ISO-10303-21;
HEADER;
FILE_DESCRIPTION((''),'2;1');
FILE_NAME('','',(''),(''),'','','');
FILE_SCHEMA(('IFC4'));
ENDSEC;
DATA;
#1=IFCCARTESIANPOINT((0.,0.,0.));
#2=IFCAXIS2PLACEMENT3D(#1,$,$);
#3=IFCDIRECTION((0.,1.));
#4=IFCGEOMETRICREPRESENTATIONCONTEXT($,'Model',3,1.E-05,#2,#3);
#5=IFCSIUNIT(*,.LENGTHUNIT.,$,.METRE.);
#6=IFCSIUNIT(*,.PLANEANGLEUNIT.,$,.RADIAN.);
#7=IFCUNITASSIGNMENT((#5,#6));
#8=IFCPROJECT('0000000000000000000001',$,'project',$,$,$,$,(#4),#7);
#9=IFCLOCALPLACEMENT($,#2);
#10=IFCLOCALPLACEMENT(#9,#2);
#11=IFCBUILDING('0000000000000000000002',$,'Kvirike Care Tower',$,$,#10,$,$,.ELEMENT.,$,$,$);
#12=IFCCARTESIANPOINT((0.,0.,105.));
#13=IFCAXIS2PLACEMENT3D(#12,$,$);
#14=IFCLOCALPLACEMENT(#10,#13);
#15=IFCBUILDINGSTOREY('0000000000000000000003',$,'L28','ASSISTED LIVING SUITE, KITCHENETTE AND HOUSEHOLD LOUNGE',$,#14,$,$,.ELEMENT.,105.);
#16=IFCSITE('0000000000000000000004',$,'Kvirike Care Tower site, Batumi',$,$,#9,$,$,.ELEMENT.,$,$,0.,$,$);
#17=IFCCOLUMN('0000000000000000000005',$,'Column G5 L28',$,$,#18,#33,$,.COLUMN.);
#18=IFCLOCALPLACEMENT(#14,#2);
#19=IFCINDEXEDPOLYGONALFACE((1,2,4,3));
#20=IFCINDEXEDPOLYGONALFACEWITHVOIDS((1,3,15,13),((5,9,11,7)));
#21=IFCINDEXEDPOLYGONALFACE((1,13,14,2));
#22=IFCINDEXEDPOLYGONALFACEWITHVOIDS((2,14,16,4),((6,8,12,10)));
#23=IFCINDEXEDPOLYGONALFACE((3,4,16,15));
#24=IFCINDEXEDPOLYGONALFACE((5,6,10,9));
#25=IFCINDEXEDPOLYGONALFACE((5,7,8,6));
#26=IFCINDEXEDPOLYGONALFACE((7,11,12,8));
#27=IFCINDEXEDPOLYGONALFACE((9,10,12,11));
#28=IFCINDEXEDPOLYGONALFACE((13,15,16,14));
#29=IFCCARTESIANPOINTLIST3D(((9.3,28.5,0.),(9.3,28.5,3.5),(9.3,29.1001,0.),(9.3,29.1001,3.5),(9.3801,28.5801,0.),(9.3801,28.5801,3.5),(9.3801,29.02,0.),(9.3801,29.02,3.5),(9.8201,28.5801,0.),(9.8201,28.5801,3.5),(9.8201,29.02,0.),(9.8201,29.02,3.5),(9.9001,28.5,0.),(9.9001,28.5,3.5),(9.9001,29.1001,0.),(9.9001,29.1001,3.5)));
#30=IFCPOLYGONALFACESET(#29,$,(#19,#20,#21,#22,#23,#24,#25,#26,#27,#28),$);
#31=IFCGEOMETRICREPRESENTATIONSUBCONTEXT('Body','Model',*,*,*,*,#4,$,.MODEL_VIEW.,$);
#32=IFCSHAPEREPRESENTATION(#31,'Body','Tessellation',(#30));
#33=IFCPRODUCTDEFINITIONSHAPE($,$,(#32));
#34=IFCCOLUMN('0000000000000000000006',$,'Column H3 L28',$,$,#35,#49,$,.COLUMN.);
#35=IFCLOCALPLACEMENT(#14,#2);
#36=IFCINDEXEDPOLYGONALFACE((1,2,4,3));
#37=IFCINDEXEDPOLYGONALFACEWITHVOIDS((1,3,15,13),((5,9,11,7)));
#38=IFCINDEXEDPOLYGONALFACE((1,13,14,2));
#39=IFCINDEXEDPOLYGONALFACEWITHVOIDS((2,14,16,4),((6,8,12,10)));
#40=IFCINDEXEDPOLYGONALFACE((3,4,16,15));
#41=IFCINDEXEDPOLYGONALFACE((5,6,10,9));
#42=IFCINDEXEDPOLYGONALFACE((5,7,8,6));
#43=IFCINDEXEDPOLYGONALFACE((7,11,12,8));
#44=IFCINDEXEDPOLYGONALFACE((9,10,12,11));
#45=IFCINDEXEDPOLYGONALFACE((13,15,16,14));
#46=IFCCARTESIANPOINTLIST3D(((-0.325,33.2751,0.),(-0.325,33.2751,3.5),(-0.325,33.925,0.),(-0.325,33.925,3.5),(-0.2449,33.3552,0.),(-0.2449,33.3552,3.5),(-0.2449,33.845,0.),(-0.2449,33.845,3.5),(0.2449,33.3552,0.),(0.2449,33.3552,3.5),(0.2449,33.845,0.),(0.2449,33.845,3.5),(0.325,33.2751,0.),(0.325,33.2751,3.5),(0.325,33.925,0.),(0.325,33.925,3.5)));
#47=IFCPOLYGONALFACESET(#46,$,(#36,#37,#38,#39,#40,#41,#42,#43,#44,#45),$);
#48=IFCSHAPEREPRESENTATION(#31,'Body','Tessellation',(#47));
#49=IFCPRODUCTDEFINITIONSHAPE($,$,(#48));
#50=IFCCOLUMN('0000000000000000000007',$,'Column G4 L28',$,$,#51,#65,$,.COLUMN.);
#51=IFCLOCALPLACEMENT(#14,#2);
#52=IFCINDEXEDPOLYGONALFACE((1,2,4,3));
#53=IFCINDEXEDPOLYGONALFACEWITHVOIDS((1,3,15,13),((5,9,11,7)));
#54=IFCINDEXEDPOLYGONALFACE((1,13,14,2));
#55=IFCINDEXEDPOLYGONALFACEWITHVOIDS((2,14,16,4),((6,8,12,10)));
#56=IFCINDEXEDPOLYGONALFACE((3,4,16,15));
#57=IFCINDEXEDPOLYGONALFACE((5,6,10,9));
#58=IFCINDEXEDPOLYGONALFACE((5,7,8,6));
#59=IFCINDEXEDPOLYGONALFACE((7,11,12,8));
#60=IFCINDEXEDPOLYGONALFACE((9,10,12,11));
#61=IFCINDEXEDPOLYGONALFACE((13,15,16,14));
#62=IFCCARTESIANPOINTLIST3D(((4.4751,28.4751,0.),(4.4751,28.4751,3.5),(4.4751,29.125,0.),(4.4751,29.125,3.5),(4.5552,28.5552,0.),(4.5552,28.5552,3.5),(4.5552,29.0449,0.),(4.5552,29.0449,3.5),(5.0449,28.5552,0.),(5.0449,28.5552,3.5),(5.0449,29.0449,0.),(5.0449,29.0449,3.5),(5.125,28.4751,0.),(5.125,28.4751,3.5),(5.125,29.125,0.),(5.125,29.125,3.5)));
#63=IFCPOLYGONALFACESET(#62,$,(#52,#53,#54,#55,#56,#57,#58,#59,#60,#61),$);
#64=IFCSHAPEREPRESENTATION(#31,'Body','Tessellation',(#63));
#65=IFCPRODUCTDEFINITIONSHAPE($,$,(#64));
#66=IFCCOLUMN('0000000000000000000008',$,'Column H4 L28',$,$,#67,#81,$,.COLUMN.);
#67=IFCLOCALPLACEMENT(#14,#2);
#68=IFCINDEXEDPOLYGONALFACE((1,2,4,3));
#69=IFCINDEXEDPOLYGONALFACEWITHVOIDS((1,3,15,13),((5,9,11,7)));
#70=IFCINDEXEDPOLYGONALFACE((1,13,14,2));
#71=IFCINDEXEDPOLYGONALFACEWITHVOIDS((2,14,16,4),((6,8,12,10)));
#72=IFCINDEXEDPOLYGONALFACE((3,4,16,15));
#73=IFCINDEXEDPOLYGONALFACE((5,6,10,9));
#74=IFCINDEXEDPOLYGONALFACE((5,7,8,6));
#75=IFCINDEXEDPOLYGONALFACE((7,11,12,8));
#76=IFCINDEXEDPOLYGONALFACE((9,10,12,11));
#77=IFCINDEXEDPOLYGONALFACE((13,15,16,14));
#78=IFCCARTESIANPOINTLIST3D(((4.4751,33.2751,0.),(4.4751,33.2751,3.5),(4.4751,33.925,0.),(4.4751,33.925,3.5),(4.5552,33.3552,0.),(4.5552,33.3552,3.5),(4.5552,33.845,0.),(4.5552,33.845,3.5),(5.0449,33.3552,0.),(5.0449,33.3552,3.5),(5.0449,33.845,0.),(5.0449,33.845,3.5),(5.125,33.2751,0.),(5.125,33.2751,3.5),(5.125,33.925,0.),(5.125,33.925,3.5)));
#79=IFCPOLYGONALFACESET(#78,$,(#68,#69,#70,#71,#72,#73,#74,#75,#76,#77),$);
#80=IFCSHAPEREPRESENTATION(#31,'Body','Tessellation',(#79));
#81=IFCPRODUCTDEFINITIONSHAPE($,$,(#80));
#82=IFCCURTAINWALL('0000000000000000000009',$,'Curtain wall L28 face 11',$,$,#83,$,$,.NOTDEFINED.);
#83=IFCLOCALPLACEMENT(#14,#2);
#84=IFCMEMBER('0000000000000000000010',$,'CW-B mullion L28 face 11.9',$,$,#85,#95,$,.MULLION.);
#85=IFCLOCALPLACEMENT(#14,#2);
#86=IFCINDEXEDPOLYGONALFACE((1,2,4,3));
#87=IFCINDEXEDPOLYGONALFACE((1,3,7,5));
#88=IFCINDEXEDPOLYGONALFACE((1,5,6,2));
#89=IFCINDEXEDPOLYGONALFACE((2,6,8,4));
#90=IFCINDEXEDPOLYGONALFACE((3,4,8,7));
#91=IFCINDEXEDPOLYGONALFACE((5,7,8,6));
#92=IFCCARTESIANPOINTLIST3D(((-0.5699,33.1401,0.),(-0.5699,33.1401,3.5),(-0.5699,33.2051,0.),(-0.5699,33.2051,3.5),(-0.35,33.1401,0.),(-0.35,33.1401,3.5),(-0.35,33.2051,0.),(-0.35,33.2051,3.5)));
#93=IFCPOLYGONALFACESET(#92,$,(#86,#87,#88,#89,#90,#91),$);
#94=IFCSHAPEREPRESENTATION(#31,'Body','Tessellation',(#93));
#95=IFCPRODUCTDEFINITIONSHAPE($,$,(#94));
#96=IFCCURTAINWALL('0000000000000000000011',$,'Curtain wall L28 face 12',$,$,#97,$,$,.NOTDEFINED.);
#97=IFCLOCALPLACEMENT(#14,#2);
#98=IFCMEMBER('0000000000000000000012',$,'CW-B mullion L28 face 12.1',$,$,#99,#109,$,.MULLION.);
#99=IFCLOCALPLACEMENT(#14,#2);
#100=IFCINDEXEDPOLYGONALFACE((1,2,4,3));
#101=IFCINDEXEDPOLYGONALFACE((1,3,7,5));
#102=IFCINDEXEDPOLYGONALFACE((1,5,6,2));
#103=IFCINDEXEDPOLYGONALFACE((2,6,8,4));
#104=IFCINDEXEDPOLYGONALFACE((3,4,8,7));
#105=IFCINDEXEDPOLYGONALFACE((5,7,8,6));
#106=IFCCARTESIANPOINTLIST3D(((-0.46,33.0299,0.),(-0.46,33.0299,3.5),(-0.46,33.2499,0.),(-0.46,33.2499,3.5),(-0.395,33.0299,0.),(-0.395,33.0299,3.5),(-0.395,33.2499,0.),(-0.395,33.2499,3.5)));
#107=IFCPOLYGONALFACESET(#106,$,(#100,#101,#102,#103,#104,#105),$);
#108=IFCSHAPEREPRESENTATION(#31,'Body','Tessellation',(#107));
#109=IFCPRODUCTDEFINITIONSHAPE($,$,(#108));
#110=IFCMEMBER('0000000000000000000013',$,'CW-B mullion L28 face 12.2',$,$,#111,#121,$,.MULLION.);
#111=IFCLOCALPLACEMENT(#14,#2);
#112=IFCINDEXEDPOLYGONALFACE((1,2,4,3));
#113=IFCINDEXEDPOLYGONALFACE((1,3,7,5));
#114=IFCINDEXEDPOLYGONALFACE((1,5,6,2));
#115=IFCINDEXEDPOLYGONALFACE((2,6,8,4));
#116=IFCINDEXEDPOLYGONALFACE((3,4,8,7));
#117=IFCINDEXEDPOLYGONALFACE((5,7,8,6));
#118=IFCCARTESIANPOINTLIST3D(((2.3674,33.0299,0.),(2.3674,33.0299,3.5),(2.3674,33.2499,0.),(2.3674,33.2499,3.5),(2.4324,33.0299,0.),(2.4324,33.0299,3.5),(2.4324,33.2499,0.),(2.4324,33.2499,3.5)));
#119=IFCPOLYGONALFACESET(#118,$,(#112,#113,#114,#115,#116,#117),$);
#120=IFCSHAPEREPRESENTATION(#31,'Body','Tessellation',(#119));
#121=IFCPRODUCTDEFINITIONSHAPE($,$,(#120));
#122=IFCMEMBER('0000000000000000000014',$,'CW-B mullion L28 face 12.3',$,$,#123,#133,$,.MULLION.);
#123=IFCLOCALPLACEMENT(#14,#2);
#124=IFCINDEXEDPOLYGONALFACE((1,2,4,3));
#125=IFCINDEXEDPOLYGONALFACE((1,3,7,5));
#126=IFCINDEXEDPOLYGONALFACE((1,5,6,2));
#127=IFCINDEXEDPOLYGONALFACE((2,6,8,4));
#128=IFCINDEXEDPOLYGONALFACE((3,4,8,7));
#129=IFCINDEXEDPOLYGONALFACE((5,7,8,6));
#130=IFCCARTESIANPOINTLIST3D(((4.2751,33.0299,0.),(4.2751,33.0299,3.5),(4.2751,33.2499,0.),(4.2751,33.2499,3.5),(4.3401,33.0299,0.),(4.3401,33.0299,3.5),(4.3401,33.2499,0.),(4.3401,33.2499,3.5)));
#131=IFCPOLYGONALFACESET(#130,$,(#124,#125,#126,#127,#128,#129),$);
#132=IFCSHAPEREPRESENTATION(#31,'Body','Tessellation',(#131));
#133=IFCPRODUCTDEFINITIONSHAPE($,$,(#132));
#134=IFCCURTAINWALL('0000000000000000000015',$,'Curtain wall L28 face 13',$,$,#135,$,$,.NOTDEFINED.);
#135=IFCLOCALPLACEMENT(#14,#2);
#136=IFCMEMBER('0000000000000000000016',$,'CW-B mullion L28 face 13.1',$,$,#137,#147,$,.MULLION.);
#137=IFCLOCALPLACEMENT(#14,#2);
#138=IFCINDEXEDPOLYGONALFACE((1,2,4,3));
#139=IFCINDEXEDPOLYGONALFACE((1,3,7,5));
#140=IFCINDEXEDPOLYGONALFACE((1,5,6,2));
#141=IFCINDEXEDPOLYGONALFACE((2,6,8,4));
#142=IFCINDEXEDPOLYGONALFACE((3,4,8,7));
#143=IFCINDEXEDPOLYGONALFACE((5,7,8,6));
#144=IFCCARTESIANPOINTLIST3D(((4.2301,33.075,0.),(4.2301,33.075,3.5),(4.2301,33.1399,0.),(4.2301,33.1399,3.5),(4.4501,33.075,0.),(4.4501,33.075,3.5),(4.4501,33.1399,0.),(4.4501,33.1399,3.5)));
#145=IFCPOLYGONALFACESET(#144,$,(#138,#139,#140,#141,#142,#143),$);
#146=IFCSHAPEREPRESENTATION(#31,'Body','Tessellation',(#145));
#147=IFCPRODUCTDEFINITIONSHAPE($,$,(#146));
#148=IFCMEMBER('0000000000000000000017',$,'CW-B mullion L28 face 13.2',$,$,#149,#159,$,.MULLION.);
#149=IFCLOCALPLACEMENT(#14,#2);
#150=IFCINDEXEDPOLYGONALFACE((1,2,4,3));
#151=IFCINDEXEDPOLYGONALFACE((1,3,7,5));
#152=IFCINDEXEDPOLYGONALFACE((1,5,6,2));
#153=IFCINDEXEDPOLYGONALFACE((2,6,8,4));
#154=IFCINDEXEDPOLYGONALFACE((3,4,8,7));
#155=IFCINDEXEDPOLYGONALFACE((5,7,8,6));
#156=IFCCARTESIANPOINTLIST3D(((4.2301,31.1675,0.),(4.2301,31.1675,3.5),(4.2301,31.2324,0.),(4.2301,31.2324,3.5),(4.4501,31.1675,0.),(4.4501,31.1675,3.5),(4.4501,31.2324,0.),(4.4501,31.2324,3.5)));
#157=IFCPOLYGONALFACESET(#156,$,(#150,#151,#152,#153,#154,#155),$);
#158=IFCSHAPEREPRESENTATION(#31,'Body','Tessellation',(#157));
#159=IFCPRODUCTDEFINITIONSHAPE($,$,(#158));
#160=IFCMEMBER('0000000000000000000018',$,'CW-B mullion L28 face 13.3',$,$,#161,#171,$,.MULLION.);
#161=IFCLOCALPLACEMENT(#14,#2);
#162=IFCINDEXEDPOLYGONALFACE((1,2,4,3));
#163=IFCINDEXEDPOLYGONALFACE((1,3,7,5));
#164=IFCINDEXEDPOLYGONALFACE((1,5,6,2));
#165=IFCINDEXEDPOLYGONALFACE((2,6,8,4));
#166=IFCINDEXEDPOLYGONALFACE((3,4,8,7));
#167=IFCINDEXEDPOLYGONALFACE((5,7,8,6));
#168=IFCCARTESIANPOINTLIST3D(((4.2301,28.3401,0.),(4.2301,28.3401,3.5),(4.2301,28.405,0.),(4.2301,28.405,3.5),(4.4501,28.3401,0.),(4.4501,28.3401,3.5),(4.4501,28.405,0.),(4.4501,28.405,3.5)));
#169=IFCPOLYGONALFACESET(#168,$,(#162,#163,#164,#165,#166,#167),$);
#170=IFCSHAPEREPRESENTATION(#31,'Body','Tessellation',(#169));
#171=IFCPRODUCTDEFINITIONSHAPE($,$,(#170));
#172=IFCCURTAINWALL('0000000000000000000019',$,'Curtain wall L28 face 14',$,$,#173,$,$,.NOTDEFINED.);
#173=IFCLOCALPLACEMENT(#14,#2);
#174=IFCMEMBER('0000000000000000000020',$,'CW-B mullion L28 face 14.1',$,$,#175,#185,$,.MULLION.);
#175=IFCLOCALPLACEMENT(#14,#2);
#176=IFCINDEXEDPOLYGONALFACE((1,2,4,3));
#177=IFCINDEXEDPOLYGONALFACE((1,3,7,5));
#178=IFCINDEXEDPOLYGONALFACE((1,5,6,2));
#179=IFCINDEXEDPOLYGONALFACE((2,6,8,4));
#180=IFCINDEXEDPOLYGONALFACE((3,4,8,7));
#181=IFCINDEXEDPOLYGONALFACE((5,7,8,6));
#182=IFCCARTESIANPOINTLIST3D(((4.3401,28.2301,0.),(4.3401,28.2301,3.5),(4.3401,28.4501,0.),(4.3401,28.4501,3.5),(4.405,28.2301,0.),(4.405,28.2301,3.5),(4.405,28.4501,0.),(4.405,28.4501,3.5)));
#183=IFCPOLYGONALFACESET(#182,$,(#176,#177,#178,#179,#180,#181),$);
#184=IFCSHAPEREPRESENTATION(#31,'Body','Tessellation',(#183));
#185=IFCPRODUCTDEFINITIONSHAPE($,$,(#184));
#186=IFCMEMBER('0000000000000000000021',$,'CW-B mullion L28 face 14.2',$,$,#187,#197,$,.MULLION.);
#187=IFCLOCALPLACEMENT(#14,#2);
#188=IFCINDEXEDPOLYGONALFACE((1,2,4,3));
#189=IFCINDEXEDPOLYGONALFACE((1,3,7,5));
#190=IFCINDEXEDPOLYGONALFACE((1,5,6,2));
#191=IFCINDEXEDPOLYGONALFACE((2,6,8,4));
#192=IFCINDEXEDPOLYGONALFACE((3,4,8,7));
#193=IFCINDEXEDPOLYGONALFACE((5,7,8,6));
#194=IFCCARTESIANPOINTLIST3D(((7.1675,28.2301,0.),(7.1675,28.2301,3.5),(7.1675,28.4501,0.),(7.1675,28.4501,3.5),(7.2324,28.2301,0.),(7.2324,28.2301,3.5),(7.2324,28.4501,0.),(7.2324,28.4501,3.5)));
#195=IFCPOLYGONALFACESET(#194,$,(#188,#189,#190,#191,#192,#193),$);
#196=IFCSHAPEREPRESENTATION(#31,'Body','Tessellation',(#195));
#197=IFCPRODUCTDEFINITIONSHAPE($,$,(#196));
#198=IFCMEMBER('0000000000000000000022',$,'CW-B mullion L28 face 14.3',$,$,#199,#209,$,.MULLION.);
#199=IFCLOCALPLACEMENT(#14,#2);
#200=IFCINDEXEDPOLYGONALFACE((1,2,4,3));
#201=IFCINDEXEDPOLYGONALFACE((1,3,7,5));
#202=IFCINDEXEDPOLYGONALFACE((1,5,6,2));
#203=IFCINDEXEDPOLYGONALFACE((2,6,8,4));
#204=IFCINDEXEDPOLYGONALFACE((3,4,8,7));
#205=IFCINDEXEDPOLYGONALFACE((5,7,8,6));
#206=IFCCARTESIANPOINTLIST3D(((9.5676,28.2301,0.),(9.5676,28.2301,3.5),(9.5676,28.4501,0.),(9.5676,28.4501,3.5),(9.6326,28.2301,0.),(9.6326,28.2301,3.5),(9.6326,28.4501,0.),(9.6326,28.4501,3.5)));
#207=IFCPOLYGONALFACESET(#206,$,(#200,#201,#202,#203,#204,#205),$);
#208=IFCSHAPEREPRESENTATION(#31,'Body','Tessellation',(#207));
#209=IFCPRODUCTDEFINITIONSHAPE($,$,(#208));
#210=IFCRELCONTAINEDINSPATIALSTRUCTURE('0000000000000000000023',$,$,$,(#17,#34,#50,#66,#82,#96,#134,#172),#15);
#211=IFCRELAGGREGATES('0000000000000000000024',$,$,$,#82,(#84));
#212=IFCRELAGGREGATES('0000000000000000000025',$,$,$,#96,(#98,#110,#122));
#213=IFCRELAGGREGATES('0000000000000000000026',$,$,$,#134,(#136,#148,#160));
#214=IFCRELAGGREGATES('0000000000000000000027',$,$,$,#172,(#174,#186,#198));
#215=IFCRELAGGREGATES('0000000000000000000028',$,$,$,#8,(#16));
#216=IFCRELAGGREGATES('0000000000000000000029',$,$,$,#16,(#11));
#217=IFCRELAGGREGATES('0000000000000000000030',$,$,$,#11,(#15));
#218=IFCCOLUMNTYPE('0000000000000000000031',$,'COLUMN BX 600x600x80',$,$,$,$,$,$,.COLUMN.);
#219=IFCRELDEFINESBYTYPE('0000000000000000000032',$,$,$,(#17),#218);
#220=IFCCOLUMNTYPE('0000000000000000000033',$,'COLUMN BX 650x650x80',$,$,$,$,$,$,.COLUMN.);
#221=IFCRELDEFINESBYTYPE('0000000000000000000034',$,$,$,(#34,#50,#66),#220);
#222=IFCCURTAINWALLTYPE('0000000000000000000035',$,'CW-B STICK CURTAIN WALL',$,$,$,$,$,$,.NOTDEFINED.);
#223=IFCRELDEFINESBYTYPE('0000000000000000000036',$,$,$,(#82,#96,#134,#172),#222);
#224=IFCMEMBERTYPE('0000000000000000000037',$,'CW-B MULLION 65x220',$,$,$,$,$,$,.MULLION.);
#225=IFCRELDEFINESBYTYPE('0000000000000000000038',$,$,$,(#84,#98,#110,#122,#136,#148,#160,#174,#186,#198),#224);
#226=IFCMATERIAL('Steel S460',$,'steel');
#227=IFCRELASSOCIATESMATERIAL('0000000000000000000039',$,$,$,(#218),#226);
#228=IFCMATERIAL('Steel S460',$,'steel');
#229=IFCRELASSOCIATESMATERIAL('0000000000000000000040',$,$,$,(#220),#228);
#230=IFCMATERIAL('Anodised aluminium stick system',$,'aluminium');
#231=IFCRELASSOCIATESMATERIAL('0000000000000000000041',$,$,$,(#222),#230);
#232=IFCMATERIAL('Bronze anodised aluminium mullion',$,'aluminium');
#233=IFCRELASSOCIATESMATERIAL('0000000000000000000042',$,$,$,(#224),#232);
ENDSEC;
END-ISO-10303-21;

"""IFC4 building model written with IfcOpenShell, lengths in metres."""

from ifc_helpers import new_model, si_unit, direction, frame, origin, origin_2d, place, context, subcontext, project, spatial, rectangle, hollow_rectangle, extrude, material, material_profile, profile_set, type_object, element, aggregate, save


model = new_model("IFC4")

# Units and contexts
model_context = context("Model", 3, precision=1e-05, world=origin(), true_north=direction((0.0, 1.0)))
body_context = subcontext(model_context, "Body", "Model", "MODEL_VIEW")
ifc_project = project(units=[si_unit("LENGTHUNIT", "METRE"), si_unit("PLANEANGLEUNIT", "RADIAN")], contexts=[model_context])

# Site, building, storey
site_placement = place(None, origin())
site = spatial("IfcSite", under=ifc_project, at=site_placement, Name="Kvirike Care Tower site, Batumi", CompositionType="ELEMENT", RefElevation=0.0)
building_placement = place(site_placement, origin())
building = spatial("IfcBuilding", under=site, at=building_placement, Name="Kvirike Care Tower", CompositionType="ELEMENT")
storey_placement = place(building_placement, frame((0.0, 0.0, 105.0)))
storey = spatial("IfcBuildingStorey", under=building, at=storey_placement, Name="L28", Description="ASSISTED LIVING SUITE, KITCHENETTE AND HOUSEHOLD LOUNGE", CompositionType="ELEMENT", Elevation=105.0)

# Columns
ifc_material_1 = material(Name="Steel S460", Category="steel")
ifc_material_profile_1 = material_profile(ifc_material_1, hollow_rectangle(XDim=0.6001, YDim=0.6001, WallThickness=0.0801, at=origin_2d()), Name="BX 600x600x80")
ifc_profile_set_1 = profile_set([ifc_material_profile_1], Name="Steel S460")
column_type_1 = type_object("IfcColumnType", Name="COLUMN BX 600x600x80", PredefinedType="COLUMN", material=ifc_profile_set_1)
column_placement = place(storey_placement, frame((9.6001, 28.8, 0.0), z_axis=(0.0, 0.0, 1.0), x_axis=(0.0, 1.0, 0.0)))
element("IfcColumn", 1, at=column_placement, inside=storey, type_object=column_type_1, Name="Column G5 L28", PredefinedType="COLUMN", context=body_context, shape_type="SweptSolid", body=[
    extrude(hollow_rectangle(XDim=0.6001, YDim=0.6001, WallThickness=0.0801, at=origin_2d()), origin(), (0.0, 0.0, 1.0), 3.5),
])
ifc_material_2 = material(Name="Steel S460", Category="steel")
ifc_material_profile_2 = material_profile(ifc_material_2, hollow_rectangle(XDim=0.6499, YDim=0.6499, WallThickness=0.0801, at=origin_2d()), Name="BX 650x650x80")
ifc_profile_set_2 = profile_set([ifc_material_profile_2], Name="Steel S460")
column_type_2 = type_object("IfcColumnType", Name="COLUMN BX 650x650x80", PredefinedType="COLUMN", material=ifc_profile_set_2)
for number, where, z_axis, x_axis, name in (
    (2, (0.0, 33.6001, 0.0), (0.0, 0.0, 1.0), (0.0, 1.0, 0.0), "Column H3 L28"),
    (3, (4.8, 28.8, 0.0), (0.0, 0.0, 1.0), (0.0, 1.0, 0.0), "Column G4 L28"),
    (4, (4.8, 33.6001, 0.0), (0.0, 0.0, 1.0), (0.0, 1.0, 0.0), "Column H4 L28"),
):
    element("IfcColumn", number, at=place(storey_placement, frame(where, z_axis=z_axis, x_axis=x_axis)), inside=storey, type_object=column_type_2, Name=name, PredefinedType="COLUMN", context=body_context, shape_type="SweptSolid", body=[
        extrude(hollow_rectangle(XDim=0.6499, YDim=0.6499, WallThickness=0.0801, at=origin_2d()), origin(), (0.0, 0.0, 1.0), 3.5),
    ])

# Curtain wall, member
ifc_material_3 = material(Name="Anodised aluminium stick system", Category="aluminium")
curtain_wall_type = type_object("IfcCurtainWallType", Name="CW-B STICK CURTAIN WALL", PredefinedType="NOTDEFINED", material=ifc_material_3)
curtain_wall_1_placement = place(storey_placement, origin())
curtain_wall_1 = element("IfcCurtainWall", 5, at=curtain_wall_1_placement, inside=storey, type_object=curtain_wall_type, Name="Curtain wall L28 face 11", PredefinedType="NOTDEFINED")
ifc_material_4 = material(Name="Bronze anodised aluminium mullion", Category="aluminium")
ifc_material_profile_3 = material_profile(ifc_material_4, rectangle(XDim=0.0649, YDim=0.22, at=origin_2d()), Name="CW-B MULLION 65x220")
ifc_profile_set_3 = profile_set([ifc_material_profile_3], Name="Bronze anodised aluminium mullion")
member_type_1 = type_object("IfcMemberType", Name="CW-B MULLION 65x220", PredefinedType="MULLION", material=ifc_profile_set_3)
member_1_placement = place(storey_placement, frame((-0.46, 33.1726, 0.0), z_axis=(0.0, 0.0, 1.0), x_axis=(0.0, -1.0, 0.0)))
member_1 = element("IfcMember", 6, at=member_1_placement, type_object=member_type_1, Name="CW-B mullion L28 face 11.9", PredefinedType="MULLION", context=body_context, shape_type="SweptSolid", body=[
    extrude(rectangle(XDim=0.0649, YDim=0.22, at=origin_2d()), origin(), (0.0, 0.0, 1.0), 3.5),
])
aggregate(curtain_wall_1, [member_1])

# Curtain walls, members
curtain_wall_2_placement = place(storey_placement, origin())
curtain_wall_2 = element("IfcCurtainWall", 7, at=curtain_wall_2_placement, inside=storey, type_object=curtain_wall_type, Name="Curtain wall L28 face 12", PredefinedType="NOTDEFINED")
member_2_placement = place(storey_placement, frame((-0.4275, 33.1399, 0.0), z_axis=(0.0, 0.0, 1.0), x_axis=(1.0, 0.0, 0.0)))
member_2 = element("IfcMember", 8, at=member_2_placement, type_object=member_type_1, Name="CW-B mullion L28 face 12.1", PredefinedType="MULLION", context=body_context, shape_type="SweptSolid", body=[
    extrude(rectangle(XDim=0.0649, YDim=0.22, at=origin_2d()), origin(), (0.0, 0.0, 1.0), 3.5),
])
member_3_placement = place(storey_placement, frame((2.3999, 33.1399, 0.0), z_axis=(0.0, 0.0, 1.0), x_axis=(1.0, 0.0, 0.0)))
member_3 = element("IfcMember", 9, at=member_3_placement, type_object=member_type_1, Name="CW-B mullion L28 face 12.2", PredefinedType="MULLION", context=body_context, shape_type="SweptSolid", body=[
    extrude(rectangle(XDim=0.0649, YDim=0.22, at=origin_2d()), origin(), (0.0, 0.0, 1.0), 3.5),
])
member_4_placement = place(storey_placement, frame((4.3076, 33.1399, 0.0), z_axis=(0.0, 0.0, 1.0), x_axis=(1.0, 0.0, 0.0)))
member_4 = element("IfcMember", 10, at=member_4_placement, type_object=member_type_1, Name="CW-B mullion L28 face 12.3", PredefinedType="MULLION", context=body_context, shape_type="SweptSolid", body=[
    extrude(rectangle(XDim=0.0649, YDim=0.22, at=origin_2d()), origin(), (0.0, 0.0, 1.0), 3.5),
])
curtain_wall_3_placement = place(storey_placement, origin())
curtain_wall_3 = element("IfcCurtainWall", 11, at=curtain_wall_3_placement, inside=storey, type_object=curtain_wall_type, Name="Curtain wall L28 face 13", PredefinedType="NOTDEFINED")
member_5_placement = place(storey_placement, frame((4.3401, 33.1074, 0.0), z_axis=(0.0, 0.0, 1.0), x_axis=(0.0, -1.0, 0.0)))
member_5 = element("IfcMember", 12, at=member_5_placement, type_object=member_type_1, Name="CW-B mullion L28 face 13.1", PredefinedType="MULLION", context=body_context, shape_type="SweptSolid", body=[
    extrude(rectangle(XDim=0.0649, YDim=0.22, at=origin_2d()), origin(), (0.0, 0.0, 1.0), 3.5),
])
member_6_placement = place(storey_placement, frame((4.3401, 31.2, 0.0), z_axis=(0.0, 0.0, 1.0), x_axis=(0.0, -1.0, 0.0)))
member_6 = element("IfcMember", 13, at=member_6_placement, type_object=member_type_1, Name="CW-B mullion L28 face 13.2", PredefinedType="MULLION", context=body_context, shape_type="SweptSolid", body=[
    extrude(rectangle(XDim=0.0649, YDim=0.22, at=origin_2d()), origin(), (0.0, 0.0, 1.0), 3.5),
])
member_7_placement = place(storey_placement, frame((4.3401, 28.3726, 0.0), z_axis=(0.0, 0.0, 1.0), x_axis=(0.0, -1.0, 0.0)))
member_7 = element("IfcMember", 14, at=member_7_placement, type_object=member_type_1, Name="CW-B mullion L28 face 13.3", PredefinedType="MULLION", context=body_context, shape_type="SweptSolid", body=[
    extrude(rectangle(XDim=0.0649, YDim=0.22, at=origin_2d()), origin(), (0.0, 0.0, 1.0), 3.5),
])
curtain_wall_4_placement = place(storey_placement, origin())
curtain_wall_4 = element("IfcCurtainWall", 15, at=curtain_wall_4_placement, inside=storey, type_object=curtain_wall_type, Name="Curtain wall L28 face 14", PredefinedType="NOTDEFINED")
member_8_placement = place(storey_placement, frame((4.3726, 28.3401, 0.0), z_axis=(0.0, 0.0, 1.0), x_axis=(1.0, 0.0, 0.0)))
member_8 = element("IfcMember", 16, at=member_8_placement, type_object=member_type_1, Name="CW-B mullion L28 face 14.1", PredefinedType="MULLION", context=body_context, shape_type="SweptSolid", body=[
    extrude(rectangle(XDim=0.0649, YDim=0.22, at=origin_2d()), origin(), (0.0, 0.0, 1.0), 3.5),
])
member_9_placement = place(storey_placement, frame((7.2, 28.3401, 0.0), z_axis=(0.0, 0.0, 1.0), x_axis=(1.0, 0.0, 0.0)))
member_9 = element("IfcMember", 17, at=member_9_placement, type_object=member_type_1, Name="CW-B mullion L28 face 14.2", PredefinedType="MULLION", context=body_context, shape_type="SweptSolid", body=[
    extrude(rectangle(XDim=0.0649, YDim=0.22, at=origin_2d()), origin(), (0.0, 0.0, 1.0), 3.5),
])
member_10_placement = place(storey_placement, frame((9.6001, 28.3401, 0.0), z_axis=(0.0, 0.0, 1.0), x_axis=(1.0, 0.0, 0.0)))
member_10 = element("IfcMember", 18, at=member_10_placement, type_object=member_type_1, Name="CW-B mullion L28 face 14.3", PredefinedType="MULLION", context=body_context, shape_type="SweptSolid", body=[
    extrude(rectangle(XDim=0.0649, YDim=0.22, at=origin_2d()), origin(), (0.0, 0.0, 1.0), 3.5),
])

aggregate(curtain_wall_2, [member_2, member_3, member_4])
aggregate(curtain_wall_3, [member_5, member_6, member_7])
aggregate(curtain_wall_4, [member_8, member_9, member_10])

save(model, "model.ifc")
